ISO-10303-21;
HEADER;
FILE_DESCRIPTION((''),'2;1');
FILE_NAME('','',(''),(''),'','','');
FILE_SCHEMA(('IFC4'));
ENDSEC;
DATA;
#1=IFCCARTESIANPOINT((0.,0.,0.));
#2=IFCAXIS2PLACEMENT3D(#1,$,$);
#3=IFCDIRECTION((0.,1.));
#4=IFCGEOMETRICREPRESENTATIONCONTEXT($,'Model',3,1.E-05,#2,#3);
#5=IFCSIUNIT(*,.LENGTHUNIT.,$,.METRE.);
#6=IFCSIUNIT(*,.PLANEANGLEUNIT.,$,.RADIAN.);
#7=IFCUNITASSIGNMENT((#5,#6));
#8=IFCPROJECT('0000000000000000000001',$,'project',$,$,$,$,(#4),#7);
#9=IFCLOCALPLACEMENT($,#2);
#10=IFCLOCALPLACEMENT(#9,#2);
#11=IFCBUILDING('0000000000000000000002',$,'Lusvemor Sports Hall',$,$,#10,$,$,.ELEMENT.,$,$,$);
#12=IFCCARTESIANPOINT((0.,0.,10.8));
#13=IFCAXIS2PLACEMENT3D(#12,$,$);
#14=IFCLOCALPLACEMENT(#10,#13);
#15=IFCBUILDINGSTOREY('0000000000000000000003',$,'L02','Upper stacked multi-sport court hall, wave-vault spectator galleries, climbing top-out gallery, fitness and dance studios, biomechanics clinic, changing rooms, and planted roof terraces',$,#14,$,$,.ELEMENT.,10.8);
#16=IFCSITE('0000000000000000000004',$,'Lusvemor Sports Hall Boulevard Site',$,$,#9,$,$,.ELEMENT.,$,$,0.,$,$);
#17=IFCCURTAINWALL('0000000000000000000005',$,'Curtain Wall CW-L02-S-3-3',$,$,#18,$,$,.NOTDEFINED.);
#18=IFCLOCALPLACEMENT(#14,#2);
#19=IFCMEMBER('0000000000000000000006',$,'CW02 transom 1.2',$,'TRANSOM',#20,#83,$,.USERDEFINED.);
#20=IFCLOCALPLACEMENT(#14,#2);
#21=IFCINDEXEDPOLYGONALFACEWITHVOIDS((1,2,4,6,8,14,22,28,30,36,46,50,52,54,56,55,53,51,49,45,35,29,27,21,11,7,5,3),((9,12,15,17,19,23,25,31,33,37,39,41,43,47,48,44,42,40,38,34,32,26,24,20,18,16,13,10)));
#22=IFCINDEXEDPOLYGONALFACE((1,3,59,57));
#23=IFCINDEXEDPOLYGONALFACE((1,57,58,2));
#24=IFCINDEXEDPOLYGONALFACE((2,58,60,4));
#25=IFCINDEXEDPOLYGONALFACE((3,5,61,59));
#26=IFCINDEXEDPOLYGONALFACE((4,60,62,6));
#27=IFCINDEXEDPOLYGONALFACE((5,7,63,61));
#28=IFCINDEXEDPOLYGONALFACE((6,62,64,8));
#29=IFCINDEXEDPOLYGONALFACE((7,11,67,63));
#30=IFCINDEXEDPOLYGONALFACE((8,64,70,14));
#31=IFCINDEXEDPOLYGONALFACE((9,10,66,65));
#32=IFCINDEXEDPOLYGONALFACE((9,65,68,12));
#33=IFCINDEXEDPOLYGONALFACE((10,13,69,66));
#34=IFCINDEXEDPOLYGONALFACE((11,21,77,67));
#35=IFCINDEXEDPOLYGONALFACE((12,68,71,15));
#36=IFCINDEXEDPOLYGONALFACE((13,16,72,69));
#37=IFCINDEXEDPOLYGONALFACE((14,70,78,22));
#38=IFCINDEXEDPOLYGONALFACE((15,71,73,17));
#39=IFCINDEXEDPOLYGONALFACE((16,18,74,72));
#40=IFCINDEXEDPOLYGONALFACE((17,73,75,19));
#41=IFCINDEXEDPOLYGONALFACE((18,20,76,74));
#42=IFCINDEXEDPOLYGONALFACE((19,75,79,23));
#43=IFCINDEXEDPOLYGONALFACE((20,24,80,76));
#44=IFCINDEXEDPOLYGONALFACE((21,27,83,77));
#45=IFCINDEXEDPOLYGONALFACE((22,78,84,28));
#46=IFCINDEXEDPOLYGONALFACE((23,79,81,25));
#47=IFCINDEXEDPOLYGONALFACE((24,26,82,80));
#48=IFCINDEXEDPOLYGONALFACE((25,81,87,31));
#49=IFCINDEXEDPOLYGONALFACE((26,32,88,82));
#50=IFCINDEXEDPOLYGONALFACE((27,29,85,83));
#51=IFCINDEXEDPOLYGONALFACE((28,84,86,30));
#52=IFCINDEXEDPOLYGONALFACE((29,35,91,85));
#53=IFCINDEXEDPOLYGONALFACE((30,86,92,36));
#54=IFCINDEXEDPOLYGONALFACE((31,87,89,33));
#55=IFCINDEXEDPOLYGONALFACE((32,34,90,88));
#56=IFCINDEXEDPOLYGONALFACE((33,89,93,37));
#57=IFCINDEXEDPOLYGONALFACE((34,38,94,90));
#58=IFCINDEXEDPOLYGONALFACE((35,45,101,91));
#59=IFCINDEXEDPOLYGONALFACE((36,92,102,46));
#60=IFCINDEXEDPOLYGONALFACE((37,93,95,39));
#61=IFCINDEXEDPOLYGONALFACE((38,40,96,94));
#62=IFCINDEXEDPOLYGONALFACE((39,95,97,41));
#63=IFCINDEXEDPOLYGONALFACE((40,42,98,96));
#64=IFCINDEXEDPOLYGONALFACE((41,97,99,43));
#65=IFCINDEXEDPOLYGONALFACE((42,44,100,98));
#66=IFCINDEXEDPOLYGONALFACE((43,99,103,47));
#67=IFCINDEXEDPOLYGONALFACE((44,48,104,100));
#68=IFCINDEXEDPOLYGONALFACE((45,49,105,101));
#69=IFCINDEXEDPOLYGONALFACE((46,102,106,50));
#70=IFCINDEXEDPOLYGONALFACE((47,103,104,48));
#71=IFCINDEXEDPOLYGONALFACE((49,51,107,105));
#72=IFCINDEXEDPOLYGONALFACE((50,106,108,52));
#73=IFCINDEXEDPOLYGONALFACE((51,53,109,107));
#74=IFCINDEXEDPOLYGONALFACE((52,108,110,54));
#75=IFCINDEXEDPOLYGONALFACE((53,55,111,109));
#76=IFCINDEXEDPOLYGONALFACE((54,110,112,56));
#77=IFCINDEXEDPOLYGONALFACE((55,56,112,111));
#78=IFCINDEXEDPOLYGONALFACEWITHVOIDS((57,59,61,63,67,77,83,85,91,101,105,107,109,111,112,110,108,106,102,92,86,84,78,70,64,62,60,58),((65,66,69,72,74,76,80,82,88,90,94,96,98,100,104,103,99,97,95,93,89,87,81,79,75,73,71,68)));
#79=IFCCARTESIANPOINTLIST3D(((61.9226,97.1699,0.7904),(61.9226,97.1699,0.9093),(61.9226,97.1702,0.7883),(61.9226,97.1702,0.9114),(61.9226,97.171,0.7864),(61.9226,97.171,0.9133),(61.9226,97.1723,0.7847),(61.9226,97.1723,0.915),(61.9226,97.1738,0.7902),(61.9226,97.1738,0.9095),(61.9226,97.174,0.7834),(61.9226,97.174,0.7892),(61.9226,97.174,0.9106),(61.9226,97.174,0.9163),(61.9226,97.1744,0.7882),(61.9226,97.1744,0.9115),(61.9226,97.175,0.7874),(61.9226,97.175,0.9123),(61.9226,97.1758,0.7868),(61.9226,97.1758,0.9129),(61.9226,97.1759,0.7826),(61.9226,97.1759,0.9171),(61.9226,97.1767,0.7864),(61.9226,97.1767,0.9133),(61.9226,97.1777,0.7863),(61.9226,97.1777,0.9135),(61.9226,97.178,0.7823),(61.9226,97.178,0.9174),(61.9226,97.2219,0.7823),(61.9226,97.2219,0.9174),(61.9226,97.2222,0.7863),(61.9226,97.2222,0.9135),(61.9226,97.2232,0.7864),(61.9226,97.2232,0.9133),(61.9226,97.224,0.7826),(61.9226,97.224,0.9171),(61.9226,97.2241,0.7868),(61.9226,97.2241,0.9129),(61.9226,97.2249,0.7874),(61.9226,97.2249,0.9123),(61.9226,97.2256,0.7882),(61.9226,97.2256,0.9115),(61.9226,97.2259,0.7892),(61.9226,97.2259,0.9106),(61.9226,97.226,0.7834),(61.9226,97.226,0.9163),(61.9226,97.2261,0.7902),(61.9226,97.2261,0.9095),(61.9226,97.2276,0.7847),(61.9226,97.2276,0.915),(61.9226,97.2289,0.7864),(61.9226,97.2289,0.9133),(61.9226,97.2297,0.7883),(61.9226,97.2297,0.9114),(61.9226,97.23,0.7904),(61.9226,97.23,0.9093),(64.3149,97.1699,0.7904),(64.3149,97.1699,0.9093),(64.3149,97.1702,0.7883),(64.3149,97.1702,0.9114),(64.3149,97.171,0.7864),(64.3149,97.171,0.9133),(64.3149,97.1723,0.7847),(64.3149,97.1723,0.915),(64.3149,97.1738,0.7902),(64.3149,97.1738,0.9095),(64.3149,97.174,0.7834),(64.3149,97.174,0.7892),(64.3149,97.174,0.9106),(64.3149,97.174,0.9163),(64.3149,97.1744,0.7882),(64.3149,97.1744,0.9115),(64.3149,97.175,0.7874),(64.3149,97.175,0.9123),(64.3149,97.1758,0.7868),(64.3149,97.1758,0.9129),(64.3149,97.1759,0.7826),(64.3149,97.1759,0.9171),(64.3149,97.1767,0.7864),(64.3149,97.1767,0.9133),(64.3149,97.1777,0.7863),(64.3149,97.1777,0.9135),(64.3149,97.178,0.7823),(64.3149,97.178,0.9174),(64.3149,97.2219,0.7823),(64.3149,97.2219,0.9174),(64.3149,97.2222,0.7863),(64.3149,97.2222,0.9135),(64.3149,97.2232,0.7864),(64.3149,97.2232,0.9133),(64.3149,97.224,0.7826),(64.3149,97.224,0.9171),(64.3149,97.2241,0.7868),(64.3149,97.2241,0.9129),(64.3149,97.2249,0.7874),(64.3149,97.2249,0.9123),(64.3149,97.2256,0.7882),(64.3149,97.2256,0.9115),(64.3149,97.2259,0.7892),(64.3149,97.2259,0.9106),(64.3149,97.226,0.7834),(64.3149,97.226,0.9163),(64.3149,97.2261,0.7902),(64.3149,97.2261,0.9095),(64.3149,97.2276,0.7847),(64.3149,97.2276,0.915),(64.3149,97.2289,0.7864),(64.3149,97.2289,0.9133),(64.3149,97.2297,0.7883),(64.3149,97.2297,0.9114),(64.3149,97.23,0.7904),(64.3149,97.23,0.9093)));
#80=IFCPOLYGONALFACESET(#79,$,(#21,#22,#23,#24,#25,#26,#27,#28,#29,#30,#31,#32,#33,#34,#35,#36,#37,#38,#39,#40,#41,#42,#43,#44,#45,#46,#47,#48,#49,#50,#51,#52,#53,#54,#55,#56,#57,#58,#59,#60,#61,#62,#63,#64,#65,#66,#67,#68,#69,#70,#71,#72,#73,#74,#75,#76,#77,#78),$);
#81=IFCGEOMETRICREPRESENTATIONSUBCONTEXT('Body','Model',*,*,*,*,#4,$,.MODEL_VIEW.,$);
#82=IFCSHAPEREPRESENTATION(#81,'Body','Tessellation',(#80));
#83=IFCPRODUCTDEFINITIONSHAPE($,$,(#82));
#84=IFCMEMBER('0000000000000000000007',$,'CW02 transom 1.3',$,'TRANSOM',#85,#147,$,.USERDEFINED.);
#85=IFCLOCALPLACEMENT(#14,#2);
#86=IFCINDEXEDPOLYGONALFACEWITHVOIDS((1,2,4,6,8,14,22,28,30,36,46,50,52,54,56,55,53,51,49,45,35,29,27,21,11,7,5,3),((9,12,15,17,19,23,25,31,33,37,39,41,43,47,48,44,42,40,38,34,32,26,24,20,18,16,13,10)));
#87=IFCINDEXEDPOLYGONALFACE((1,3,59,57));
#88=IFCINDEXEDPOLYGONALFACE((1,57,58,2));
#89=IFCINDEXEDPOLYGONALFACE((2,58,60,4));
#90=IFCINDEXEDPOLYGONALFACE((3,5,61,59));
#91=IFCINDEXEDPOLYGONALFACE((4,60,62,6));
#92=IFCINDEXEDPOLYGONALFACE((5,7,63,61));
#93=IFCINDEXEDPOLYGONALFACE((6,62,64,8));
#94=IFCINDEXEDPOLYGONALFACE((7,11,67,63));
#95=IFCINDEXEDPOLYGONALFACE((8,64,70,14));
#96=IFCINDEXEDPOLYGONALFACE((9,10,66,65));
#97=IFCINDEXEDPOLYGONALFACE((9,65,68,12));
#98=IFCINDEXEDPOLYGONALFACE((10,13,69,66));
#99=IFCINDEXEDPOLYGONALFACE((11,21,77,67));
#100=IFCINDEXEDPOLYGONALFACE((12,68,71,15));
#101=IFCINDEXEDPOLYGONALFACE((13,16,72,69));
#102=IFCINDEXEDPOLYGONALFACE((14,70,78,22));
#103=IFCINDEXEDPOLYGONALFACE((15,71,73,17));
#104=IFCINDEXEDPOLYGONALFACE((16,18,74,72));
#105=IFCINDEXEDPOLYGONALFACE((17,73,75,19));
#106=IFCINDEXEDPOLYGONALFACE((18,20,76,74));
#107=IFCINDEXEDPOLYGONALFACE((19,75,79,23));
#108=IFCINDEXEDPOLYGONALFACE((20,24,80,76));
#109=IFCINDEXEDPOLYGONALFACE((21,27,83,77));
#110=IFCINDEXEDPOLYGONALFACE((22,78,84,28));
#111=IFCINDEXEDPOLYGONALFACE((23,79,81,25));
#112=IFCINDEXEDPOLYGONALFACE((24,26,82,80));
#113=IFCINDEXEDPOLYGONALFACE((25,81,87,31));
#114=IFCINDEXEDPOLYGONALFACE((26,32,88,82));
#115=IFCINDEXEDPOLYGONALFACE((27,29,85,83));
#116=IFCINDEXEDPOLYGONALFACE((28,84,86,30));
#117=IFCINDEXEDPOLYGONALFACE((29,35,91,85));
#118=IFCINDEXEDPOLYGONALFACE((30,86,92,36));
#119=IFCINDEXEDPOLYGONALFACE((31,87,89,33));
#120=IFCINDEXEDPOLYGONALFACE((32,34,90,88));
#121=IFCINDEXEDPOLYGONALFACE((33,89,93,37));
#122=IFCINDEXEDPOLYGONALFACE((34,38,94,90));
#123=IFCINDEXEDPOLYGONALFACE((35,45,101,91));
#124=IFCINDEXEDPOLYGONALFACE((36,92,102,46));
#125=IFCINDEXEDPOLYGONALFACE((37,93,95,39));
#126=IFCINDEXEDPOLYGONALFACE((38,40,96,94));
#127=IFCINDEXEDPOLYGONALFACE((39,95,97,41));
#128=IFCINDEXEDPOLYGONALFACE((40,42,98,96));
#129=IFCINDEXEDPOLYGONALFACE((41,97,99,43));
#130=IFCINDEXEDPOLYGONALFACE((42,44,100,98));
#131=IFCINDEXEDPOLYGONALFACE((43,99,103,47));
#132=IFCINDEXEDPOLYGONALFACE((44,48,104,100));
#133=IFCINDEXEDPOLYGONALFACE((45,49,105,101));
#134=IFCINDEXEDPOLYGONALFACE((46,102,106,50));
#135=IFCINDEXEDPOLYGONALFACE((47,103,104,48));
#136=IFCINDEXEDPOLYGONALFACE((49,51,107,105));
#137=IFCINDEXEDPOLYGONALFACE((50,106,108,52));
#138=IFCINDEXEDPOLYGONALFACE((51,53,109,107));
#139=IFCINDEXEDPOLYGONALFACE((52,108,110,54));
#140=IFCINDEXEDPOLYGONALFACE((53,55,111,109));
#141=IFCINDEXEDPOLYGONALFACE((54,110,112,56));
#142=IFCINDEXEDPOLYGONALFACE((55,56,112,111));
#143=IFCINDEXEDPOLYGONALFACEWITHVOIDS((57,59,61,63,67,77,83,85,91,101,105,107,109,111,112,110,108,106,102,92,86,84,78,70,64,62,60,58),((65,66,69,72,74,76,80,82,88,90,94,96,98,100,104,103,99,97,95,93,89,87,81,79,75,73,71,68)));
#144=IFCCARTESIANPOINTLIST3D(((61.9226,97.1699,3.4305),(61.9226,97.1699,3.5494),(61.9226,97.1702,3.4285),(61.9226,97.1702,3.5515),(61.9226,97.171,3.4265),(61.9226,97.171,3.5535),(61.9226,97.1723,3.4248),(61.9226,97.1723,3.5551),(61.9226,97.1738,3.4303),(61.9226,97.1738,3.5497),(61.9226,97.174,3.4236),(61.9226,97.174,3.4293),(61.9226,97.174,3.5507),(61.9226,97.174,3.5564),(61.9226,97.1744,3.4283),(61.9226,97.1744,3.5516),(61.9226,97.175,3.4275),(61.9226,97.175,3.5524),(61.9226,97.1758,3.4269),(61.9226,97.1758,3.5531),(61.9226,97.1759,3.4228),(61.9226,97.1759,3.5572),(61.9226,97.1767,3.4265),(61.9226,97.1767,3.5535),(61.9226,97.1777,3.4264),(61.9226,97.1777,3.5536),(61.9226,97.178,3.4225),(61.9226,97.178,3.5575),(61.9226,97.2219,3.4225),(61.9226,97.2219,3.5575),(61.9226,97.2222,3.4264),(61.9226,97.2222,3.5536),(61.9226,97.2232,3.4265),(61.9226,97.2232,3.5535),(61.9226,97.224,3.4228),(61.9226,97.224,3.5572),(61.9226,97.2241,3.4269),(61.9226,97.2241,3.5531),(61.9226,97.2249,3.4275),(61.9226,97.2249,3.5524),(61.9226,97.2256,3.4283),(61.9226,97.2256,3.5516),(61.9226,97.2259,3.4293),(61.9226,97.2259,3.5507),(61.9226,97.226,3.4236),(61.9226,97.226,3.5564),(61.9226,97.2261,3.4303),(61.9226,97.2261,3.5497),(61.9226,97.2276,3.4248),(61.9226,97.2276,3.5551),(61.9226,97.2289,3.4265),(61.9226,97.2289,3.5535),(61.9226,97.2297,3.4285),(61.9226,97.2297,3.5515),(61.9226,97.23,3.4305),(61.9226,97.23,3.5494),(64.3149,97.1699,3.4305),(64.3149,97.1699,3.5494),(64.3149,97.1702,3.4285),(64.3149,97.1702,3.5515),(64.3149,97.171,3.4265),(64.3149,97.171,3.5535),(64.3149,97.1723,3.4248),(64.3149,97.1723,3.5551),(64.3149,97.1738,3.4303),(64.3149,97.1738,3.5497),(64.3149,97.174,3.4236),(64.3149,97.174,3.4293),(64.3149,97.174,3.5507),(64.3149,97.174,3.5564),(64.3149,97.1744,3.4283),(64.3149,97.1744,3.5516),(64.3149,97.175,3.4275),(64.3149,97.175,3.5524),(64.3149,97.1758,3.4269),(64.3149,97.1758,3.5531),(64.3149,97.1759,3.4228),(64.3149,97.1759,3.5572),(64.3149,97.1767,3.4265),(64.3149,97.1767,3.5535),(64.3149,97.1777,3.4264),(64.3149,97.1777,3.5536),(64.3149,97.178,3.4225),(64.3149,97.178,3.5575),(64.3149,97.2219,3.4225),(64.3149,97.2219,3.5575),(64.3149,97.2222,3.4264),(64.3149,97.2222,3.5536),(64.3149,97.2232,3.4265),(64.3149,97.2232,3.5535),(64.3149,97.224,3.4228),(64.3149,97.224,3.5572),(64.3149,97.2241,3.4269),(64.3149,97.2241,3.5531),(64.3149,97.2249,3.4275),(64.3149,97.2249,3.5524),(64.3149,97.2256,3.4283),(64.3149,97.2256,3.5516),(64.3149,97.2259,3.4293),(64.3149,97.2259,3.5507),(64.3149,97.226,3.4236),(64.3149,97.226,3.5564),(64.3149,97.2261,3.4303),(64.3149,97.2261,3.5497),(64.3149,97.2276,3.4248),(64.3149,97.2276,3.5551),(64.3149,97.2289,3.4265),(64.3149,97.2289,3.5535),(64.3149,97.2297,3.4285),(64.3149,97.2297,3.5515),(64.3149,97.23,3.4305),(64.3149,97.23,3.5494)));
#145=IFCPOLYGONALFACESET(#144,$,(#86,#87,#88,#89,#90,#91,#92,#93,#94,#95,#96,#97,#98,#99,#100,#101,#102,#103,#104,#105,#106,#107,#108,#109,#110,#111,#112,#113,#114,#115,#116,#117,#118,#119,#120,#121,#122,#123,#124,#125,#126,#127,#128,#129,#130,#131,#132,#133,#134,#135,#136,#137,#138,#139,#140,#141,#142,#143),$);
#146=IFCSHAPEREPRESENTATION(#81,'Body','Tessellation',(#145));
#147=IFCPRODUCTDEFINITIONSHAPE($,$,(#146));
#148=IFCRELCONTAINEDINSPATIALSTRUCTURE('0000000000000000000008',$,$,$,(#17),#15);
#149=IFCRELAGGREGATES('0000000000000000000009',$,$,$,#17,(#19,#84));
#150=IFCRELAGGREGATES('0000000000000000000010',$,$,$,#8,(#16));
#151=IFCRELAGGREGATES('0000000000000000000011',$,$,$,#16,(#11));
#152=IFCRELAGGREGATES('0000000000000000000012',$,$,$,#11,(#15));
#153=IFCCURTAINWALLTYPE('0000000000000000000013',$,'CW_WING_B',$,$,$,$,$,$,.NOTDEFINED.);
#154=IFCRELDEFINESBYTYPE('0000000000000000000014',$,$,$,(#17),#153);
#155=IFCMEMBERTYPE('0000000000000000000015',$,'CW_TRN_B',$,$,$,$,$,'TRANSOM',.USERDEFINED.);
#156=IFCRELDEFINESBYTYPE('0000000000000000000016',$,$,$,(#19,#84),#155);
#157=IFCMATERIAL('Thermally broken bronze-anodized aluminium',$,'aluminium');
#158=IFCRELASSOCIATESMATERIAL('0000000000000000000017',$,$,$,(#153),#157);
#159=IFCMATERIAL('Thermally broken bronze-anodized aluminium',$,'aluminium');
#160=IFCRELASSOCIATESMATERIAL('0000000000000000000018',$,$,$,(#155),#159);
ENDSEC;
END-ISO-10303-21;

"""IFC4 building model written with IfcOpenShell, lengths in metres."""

from ifc_helpers import new_model, si_unit, direction, frame, origin, origin_2d, place, context, subcontext, project, spatial, hollow_rectangle, extrude, material, material_profile, profile_set, type_object, element, aggregate, save


model = new_model("IFC4")

# Units and contexts
model_context = context("Model", 3, precision=1e-05, world=origin(), true_north=direction((0.0, 1.0)))
body_context = subcontext(model_context, "Body", "Model", "MODEL_VIEW")
ifc_project = project(units=[si_unit("LENGTHUNIT", "METRE"), si_unit("PLANEANGLEUNIT", "RADIAN")], contexts=[model_context])

# Site, building, storey
site_placement = place(None, origin())
site = spatial("IfcSite", under=ifc_project, at=site_placement, Name="Lusvemor Sports Hall Boulevard Site", CompositionType="ELEMENT", RefElevation=0.0)
building_placement = place(site_placement, origin())
building = spatial("IfcBuilding", under=site, at=building_placement, Name="Lusvemor Sports Hall", CompositionType="ELEMENT")
storey_placement = place(building_placement, frame((0.0, 0.0, 10.8)))
storey = spatial("IfcBuildingStorey", under=building, at=storey_placement, Name="L02", Description="Upper stacked multi-sport court hall, wave-vault spectator galleries, climbing top-out gallery, fitness and dance studios, biomechanics clinic, changing rooms, and planted roof terraces", CompositionType="ELEMENT", Elevation=10.8)

# Curtain wall, members
ifc_material_1 = material(Name="Thermally broken bronze-anodized aluminium", Category="aluminium")
curtain_wall_type = type_object("IfcCurtainWallType", Name="CW_WING_B", PredefinedType="NOTDEFINED", material=ifc_material_1)
curtain_wall_placement = place(storey_placement, origin())
curtain_wall = element("IfcCurtainWall", 1, at=curtain_wall_placement, inside=storey, type_object=curtain_wall_type, Name="Curtain Wall CW-L02-S-3-3", PredefinedType="NOTDEFINED")
ifc_material_2 = material(Name="Thermally broken bronze-anodized aluminium", Category="aluminium")
ifc_material_profile_1 = material_profile(ifc_material_2, hollow_rectangle(XDim=0.0601, YDim=0.135, WallThickness=0.0039, InnerFilletRadius=0.0039, OuterFilletRadius=0.0081, at=origin_2d()), Name="CWTRN135x60x4")
ifc_profile_set_1 = profile_set([ifc_material_profile_1], Name="Thermally broken bronze-anodized aluminium")
member_type_1 = type_object("IfcMemberType", Name="CW_TRN_B", ElementType="TRANSOM", PredefinedType="USERDEFINED", material=ifc_profile_set_1)
member_1_placement = place(storey_placement, frame((64.3149, 97.2, 0.8499), z_axis=(-1.0, 0.0, 0.0), x_axis=(0.0, -1.0, 0.0)))
member_1 = element("IfcMember", 2, at=member_1_placement, type_object=member_type_1, Name="CW02 transom 1.2", ObjectType="TRANSOM", PredefinedType="USERDEFINED", context=body_context, shape_type="SweptSolid", body=[
    extrude(hollow_rectangle(XDim=0.0601, YDim=0.135, WallThickness=0.0039, InnerFilletRadius=0.0039, OuterFilletRadius=0.0081, at=origin_2d()), origin(), (0.0, 0.0, 1.0), 2.3923),
])
member_2_placement = place(storey_placement, frame((64.3149, 97.2, 3.49), z_axis=(-1.0, 0.0, 0.0), x_axis=(0.0, -1.0, 0.0)))
member_2 = element("IfcMember", 3, at=member_2_placement, type_object=member_type_1, Name="CW02 transom 1.3", ObjectType="TRANSOM", PredefinedType="USERDEFINED", context=body_context, shape_type="SweptSolid", body=[
    extrude(hollow_rectangle(XDim=0.0601, YDim=0.135, WallThickness=0.0039, InnerFilletRadius=0.0039, OuterFilletRadius=0.0081, at=origin_2d()), origin(), (0.0, 0.0, 1.0), 2.3923),
])

aggregate(curtain_wall, [member_1, member_2])

save(model, "model.ifc")
